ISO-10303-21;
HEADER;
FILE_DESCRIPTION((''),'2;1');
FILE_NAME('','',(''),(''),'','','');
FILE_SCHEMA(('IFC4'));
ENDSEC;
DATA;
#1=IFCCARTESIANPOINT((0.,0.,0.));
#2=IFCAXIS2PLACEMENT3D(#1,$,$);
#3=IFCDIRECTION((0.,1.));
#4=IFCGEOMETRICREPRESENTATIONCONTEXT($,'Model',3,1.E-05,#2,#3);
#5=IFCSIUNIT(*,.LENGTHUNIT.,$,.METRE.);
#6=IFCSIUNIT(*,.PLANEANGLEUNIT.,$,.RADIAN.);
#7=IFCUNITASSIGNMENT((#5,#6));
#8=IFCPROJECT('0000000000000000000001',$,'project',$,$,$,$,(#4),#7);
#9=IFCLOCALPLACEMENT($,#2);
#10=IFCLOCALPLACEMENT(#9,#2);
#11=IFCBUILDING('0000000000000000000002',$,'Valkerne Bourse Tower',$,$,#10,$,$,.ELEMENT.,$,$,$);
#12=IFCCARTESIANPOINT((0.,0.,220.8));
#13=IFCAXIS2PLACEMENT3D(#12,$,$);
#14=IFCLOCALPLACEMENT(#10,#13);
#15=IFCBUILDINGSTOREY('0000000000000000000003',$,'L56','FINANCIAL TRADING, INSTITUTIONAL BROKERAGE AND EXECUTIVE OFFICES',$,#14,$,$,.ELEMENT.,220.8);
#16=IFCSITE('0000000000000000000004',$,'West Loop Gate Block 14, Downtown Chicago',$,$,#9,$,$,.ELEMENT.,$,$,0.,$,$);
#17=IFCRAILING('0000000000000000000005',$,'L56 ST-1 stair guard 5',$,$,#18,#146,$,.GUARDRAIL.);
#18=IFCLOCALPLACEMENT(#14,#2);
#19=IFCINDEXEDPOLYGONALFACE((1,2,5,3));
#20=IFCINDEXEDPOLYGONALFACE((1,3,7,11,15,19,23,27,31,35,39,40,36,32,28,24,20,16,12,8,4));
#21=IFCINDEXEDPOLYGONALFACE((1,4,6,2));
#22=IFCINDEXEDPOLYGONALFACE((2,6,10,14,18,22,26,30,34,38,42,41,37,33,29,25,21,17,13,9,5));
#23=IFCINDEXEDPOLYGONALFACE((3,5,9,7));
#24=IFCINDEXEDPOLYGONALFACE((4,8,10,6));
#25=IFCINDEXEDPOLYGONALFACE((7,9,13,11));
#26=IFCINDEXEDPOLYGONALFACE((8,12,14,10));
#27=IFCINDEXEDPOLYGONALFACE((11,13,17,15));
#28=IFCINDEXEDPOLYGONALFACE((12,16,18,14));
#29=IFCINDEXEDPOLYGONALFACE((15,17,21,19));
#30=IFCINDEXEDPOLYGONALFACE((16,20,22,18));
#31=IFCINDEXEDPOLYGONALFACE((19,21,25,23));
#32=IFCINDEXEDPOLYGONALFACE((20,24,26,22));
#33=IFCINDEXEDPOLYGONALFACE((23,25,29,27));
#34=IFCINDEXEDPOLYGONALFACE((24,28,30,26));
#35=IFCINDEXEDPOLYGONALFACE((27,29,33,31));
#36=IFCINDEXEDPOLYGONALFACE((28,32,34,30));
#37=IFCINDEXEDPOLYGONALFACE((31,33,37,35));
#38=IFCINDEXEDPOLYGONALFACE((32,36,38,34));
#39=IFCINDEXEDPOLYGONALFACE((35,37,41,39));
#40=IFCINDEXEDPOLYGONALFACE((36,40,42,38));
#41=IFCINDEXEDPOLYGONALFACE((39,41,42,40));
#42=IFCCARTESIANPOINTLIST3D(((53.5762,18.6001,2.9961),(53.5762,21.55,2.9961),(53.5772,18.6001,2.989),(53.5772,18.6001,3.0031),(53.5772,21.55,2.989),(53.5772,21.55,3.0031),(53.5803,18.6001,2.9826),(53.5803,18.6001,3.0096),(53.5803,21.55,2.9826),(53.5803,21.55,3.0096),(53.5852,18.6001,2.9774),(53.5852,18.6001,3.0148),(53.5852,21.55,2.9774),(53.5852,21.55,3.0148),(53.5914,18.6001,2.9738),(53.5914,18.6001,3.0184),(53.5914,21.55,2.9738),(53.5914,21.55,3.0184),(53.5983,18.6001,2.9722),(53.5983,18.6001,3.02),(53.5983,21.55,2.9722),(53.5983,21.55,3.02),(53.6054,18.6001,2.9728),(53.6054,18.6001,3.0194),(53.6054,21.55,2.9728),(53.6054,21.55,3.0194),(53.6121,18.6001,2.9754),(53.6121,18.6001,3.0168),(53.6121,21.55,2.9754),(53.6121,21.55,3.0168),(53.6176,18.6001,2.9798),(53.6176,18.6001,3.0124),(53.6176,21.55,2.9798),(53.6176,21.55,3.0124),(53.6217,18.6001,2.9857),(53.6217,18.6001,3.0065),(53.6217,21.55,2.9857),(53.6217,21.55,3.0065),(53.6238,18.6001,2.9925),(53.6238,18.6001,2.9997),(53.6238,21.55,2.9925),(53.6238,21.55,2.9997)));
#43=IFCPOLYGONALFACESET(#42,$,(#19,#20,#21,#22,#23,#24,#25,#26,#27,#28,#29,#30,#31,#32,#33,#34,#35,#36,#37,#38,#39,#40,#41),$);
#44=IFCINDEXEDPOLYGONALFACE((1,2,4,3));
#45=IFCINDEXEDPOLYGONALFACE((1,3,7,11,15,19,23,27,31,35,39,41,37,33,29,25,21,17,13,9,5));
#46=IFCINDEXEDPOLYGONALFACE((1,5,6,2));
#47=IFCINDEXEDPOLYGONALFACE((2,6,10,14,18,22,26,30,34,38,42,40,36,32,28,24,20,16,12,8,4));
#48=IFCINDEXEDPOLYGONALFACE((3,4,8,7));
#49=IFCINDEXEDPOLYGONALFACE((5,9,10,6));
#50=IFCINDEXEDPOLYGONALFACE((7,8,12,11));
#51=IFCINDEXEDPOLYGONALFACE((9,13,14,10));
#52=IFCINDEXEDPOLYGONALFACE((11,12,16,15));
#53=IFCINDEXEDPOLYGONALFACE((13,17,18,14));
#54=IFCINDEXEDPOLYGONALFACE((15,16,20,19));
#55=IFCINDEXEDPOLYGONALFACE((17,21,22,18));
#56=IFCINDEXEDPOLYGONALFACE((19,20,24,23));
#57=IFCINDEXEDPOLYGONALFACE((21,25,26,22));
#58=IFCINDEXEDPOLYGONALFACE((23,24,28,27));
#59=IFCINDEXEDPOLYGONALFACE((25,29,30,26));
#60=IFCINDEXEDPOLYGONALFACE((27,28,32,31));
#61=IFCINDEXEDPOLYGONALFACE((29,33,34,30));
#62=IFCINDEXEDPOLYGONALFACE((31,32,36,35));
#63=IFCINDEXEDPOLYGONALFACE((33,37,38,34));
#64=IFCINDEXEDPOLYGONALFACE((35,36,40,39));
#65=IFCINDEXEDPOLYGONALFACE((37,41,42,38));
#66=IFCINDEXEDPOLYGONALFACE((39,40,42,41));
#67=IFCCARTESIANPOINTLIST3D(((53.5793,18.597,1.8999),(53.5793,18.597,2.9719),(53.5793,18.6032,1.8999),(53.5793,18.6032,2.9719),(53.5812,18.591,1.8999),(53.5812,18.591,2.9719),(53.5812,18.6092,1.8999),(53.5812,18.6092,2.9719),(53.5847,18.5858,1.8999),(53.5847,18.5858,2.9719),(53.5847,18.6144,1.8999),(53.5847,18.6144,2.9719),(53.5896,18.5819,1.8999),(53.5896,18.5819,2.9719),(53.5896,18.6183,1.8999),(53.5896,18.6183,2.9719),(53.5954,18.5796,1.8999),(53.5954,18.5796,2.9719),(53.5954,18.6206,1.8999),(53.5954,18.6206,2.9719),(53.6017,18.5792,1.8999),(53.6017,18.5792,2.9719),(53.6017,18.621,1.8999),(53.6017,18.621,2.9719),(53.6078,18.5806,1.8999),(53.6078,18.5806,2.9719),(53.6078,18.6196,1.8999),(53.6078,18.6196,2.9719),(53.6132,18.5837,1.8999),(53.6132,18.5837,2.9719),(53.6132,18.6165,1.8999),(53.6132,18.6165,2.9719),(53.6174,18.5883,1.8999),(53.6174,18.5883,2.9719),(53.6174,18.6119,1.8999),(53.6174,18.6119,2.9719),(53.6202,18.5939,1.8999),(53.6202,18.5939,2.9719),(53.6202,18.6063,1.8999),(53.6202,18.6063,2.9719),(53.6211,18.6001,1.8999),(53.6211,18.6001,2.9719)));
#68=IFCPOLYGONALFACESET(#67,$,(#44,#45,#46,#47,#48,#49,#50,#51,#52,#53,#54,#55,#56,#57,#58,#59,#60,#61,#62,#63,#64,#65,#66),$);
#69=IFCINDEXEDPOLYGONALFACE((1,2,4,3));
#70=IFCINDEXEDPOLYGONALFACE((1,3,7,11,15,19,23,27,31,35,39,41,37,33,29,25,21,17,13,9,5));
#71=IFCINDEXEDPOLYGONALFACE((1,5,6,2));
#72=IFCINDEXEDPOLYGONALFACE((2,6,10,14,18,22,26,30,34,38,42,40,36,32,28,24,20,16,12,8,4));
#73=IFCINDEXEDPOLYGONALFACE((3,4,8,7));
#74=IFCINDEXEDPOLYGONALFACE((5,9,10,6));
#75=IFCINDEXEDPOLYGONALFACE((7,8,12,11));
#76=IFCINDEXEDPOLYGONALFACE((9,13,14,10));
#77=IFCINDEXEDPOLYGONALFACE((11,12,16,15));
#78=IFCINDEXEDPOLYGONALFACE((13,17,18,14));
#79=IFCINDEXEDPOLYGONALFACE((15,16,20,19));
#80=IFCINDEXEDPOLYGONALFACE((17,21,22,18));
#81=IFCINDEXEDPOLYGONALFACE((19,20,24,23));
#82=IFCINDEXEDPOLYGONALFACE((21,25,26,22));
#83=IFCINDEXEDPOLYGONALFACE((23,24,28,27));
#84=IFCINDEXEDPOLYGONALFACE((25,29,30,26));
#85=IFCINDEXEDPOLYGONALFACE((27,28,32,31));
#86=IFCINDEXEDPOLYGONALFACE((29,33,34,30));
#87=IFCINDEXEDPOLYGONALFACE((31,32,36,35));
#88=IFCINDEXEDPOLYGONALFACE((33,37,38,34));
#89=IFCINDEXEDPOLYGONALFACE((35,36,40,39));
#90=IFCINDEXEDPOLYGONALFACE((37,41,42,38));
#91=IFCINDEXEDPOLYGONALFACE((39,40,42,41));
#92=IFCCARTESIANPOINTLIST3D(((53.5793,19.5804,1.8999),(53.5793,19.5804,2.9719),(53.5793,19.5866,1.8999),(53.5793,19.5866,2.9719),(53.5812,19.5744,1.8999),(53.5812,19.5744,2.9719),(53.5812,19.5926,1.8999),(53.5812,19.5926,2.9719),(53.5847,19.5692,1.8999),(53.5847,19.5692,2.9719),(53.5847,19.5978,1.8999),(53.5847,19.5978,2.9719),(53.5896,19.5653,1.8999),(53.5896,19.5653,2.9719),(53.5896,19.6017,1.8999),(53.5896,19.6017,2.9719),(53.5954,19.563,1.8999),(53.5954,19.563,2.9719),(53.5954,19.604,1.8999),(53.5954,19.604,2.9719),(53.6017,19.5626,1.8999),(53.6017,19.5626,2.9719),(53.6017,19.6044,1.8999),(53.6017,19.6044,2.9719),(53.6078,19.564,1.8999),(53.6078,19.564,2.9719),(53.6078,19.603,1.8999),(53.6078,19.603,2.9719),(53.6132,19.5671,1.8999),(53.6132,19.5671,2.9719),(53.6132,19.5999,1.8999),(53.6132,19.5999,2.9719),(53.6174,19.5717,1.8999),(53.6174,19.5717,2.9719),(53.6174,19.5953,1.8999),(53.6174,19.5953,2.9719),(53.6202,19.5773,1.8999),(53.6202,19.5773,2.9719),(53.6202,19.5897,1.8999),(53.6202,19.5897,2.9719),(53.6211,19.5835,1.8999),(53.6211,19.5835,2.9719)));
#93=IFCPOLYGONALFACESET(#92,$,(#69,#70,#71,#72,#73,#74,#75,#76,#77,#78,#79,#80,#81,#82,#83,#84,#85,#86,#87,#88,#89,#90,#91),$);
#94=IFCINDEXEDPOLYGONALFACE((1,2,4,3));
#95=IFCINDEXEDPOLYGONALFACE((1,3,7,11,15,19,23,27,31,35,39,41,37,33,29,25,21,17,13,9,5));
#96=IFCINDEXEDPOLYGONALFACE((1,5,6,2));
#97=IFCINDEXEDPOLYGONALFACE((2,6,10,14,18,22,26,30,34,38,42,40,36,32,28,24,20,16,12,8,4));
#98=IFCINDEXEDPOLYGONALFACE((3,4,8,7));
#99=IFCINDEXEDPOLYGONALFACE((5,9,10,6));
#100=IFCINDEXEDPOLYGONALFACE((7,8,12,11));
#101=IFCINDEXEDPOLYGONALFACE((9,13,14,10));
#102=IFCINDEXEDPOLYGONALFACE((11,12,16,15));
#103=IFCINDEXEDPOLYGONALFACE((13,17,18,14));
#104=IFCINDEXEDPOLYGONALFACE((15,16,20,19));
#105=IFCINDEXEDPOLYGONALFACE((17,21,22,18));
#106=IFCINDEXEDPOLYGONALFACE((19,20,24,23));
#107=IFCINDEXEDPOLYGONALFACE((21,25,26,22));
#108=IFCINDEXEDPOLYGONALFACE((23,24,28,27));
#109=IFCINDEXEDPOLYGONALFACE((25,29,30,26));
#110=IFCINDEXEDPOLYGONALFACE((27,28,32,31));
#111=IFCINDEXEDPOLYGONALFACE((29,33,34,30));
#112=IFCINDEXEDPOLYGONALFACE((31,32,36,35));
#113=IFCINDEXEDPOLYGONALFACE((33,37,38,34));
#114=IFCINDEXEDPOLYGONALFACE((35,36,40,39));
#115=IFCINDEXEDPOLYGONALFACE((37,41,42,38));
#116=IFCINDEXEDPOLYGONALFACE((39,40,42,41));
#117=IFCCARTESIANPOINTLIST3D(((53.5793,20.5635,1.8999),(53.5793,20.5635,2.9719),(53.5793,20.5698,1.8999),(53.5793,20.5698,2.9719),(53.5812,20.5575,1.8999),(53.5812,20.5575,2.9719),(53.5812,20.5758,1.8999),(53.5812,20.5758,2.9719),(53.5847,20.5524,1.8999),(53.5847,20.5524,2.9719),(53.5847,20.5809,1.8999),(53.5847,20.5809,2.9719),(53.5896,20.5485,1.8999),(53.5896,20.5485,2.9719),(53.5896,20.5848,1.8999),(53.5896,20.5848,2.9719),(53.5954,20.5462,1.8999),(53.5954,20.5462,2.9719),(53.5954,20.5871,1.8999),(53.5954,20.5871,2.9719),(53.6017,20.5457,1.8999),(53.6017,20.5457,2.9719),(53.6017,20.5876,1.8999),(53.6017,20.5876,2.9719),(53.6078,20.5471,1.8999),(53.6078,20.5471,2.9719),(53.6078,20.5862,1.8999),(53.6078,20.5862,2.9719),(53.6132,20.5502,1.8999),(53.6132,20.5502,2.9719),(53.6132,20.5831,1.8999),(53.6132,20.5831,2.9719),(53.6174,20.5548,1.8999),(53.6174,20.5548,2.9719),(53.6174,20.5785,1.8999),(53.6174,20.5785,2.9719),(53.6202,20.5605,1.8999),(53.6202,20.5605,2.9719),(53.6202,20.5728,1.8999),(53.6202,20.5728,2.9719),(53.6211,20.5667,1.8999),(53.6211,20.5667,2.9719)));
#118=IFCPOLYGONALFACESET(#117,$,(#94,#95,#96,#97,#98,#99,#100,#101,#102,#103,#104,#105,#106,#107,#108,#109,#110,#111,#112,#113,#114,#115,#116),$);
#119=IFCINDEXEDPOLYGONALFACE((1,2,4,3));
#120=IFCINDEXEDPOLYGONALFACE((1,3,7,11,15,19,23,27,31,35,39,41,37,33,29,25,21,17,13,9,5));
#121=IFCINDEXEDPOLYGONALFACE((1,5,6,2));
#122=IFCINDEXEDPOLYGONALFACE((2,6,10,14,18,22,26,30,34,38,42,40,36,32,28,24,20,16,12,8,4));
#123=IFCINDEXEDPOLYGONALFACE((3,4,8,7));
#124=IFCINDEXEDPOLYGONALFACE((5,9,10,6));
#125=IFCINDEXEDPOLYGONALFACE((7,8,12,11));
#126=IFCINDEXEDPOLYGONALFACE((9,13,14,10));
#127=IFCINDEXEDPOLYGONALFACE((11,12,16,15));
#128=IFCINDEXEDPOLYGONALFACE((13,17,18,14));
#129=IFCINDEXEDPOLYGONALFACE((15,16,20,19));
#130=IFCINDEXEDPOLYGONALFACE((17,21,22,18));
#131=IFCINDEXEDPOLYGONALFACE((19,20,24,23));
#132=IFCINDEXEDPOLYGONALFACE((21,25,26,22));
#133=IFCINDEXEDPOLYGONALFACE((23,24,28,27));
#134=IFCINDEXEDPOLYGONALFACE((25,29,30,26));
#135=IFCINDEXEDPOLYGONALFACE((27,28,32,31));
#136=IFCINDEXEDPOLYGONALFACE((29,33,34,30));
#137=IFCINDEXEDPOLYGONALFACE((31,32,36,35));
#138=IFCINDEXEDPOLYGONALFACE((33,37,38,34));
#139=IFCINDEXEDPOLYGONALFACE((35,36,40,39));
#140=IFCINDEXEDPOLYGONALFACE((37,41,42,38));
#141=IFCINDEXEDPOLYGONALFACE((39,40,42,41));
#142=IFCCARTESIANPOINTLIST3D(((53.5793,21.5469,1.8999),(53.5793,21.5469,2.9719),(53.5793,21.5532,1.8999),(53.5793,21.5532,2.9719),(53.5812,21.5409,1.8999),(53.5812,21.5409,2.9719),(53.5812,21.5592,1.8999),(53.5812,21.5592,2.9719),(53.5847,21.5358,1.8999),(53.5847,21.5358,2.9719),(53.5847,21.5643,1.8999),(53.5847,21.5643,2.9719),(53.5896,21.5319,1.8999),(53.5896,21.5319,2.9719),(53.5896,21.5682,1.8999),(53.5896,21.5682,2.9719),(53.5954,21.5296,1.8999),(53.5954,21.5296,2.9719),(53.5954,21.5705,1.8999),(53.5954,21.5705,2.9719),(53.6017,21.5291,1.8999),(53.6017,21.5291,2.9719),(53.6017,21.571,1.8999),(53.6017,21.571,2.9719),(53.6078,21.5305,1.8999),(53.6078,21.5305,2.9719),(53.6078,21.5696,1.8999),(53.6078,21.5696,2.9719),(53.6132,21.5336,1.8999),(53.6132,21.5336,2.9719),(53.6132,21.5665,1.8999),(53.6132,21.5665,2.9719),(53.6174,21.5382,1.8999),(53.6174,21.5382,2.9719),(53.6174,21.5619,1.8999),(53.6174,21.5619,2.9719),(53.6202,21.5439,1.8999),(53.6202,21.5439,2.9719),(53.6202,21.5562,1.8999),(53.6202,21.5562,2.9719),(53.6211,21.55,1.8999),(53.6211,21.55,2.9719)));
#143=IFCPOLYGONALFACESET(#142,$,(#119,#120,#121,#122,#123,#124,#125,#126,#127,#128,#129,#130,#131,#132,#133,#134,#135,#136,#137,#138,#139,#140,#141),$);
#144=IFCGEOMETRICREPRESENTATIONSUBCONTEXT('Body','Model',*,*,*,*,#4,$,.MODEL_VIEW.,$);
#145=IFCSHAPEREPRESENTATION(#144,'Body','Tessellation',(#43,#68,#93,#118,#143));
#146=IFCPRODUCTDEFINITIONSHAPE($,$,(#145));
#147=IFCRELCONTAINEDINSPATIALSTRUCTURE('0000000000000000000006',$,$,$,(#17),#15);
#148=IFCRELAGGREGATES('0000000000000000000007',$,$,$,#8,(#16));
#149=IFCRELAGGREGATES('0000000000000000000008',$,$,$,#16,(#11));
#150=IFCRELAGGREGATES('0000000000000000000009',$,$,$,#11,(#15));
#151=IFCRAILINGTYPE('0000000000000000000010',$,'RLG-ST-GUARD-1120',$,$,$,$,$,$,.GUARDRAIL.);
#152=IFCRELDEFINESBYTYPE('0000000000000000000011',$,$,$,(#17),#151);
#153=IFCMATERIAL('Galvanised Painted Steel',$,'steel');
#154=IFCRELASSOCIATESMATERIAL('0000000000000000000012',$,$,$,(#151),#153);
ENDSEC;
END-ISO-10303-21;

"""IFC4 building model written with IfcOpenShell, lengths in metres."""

from ifc_helpers import new_model, si_unit, direction, frame, origin, origin_2d, place, context, subcontext, project, spatial, circle, extrude, material, type_object, element, save


model = new_model("IFC4")

# Units and contexts
model_context = context("Model", 3, precision=1e-05, world=origin(), true_north=direction((0.0, 1.0)))
body_context = subcontext(model_context, "Body", "Model", "MODEL_VIEW")
ifc_project = project(units=[si_unit("LENGTHUNIT", "METRE"), si_unit("PLANEANGLEUNIT", "RADIAN")], contexts=[model_context])

# Site, building, storey
site_placement = place(None, origin())
site = spatial("IfcSite", under=ifc_project, at=site_placement, Name="West Loop Gate Block 14, Downtown Chicago", CompositionType="ELEMENT", RefElevation=0.0)
building_placement = place(site_placement, origin())
building = spatial("IfcBuilding", under=site, at=building_placement, Name="Valkerne Bourse Tower", CompositionType="ELEMENT")
storey_placement = place(building_placement, frame((0.0, 0.0, 220.8)))
storey = spatial("IfcBuildingStorey", under=building, at=storey_placement, Name="L56", Description="FINANCIAL TRADING, INSTITUTIONAL BROKERAGE AND EXECUTIVE OFFICES", CompositionType="ELEMENT", Elevation=220.8)

# Railing
ifc_material_1 = material(Name="Galvanised Painted Steel", Category="steel")
railing_type = type_object("IfcRailingType", Name="RLG-ST-GUARD-1120", PredefinedType="GUARDRAIL", material=ifc_material_1)
railing_1_placement = place(storey_placement, frame((53.6001, 18.6001, 1.8999)))
element("IfcRailing", 1, at=railing_1_placement, inside=storey, type_object=railing_type, Name="L56 ST-1 stair guard 5", PredefinedType="GUARDRAIL", context=body_context, shape_type="SweptSolid", body=[
    extrude(circle(Radius=0.0239, at=origin_2d()), frame((0.0, 0.0, 1.0962), z_axis=(0.0, 1.0, 0.0), x_axis=(-1.0, 0.0, 0.0)), (0.0, 0.0, 1.0), 2.95),
    extrude(circle(Radius=0.021, at=origin_2d()), origin(), (0.0, 0.0, 1.0), 1.072),
    extrude(circle(Radius=0.021, at=origin_2d()), frame((0.0, 0.9834, 0.0)), (0.0, 0.0, 1.0), 1.072),
    extrude(circle(Radius=0.021, at=origin_2d()), frame((0.0, 1.9666, 0.0)), (0.0, 0.0, 1.0), 1.072),
    extrude(circle(Radius=0.021, at=origin_2d()), frame((0.0, 2.95, 0.0)), (0.0, 0.0, 1.0), 1.072),
])

save(model, "model.ifc")
